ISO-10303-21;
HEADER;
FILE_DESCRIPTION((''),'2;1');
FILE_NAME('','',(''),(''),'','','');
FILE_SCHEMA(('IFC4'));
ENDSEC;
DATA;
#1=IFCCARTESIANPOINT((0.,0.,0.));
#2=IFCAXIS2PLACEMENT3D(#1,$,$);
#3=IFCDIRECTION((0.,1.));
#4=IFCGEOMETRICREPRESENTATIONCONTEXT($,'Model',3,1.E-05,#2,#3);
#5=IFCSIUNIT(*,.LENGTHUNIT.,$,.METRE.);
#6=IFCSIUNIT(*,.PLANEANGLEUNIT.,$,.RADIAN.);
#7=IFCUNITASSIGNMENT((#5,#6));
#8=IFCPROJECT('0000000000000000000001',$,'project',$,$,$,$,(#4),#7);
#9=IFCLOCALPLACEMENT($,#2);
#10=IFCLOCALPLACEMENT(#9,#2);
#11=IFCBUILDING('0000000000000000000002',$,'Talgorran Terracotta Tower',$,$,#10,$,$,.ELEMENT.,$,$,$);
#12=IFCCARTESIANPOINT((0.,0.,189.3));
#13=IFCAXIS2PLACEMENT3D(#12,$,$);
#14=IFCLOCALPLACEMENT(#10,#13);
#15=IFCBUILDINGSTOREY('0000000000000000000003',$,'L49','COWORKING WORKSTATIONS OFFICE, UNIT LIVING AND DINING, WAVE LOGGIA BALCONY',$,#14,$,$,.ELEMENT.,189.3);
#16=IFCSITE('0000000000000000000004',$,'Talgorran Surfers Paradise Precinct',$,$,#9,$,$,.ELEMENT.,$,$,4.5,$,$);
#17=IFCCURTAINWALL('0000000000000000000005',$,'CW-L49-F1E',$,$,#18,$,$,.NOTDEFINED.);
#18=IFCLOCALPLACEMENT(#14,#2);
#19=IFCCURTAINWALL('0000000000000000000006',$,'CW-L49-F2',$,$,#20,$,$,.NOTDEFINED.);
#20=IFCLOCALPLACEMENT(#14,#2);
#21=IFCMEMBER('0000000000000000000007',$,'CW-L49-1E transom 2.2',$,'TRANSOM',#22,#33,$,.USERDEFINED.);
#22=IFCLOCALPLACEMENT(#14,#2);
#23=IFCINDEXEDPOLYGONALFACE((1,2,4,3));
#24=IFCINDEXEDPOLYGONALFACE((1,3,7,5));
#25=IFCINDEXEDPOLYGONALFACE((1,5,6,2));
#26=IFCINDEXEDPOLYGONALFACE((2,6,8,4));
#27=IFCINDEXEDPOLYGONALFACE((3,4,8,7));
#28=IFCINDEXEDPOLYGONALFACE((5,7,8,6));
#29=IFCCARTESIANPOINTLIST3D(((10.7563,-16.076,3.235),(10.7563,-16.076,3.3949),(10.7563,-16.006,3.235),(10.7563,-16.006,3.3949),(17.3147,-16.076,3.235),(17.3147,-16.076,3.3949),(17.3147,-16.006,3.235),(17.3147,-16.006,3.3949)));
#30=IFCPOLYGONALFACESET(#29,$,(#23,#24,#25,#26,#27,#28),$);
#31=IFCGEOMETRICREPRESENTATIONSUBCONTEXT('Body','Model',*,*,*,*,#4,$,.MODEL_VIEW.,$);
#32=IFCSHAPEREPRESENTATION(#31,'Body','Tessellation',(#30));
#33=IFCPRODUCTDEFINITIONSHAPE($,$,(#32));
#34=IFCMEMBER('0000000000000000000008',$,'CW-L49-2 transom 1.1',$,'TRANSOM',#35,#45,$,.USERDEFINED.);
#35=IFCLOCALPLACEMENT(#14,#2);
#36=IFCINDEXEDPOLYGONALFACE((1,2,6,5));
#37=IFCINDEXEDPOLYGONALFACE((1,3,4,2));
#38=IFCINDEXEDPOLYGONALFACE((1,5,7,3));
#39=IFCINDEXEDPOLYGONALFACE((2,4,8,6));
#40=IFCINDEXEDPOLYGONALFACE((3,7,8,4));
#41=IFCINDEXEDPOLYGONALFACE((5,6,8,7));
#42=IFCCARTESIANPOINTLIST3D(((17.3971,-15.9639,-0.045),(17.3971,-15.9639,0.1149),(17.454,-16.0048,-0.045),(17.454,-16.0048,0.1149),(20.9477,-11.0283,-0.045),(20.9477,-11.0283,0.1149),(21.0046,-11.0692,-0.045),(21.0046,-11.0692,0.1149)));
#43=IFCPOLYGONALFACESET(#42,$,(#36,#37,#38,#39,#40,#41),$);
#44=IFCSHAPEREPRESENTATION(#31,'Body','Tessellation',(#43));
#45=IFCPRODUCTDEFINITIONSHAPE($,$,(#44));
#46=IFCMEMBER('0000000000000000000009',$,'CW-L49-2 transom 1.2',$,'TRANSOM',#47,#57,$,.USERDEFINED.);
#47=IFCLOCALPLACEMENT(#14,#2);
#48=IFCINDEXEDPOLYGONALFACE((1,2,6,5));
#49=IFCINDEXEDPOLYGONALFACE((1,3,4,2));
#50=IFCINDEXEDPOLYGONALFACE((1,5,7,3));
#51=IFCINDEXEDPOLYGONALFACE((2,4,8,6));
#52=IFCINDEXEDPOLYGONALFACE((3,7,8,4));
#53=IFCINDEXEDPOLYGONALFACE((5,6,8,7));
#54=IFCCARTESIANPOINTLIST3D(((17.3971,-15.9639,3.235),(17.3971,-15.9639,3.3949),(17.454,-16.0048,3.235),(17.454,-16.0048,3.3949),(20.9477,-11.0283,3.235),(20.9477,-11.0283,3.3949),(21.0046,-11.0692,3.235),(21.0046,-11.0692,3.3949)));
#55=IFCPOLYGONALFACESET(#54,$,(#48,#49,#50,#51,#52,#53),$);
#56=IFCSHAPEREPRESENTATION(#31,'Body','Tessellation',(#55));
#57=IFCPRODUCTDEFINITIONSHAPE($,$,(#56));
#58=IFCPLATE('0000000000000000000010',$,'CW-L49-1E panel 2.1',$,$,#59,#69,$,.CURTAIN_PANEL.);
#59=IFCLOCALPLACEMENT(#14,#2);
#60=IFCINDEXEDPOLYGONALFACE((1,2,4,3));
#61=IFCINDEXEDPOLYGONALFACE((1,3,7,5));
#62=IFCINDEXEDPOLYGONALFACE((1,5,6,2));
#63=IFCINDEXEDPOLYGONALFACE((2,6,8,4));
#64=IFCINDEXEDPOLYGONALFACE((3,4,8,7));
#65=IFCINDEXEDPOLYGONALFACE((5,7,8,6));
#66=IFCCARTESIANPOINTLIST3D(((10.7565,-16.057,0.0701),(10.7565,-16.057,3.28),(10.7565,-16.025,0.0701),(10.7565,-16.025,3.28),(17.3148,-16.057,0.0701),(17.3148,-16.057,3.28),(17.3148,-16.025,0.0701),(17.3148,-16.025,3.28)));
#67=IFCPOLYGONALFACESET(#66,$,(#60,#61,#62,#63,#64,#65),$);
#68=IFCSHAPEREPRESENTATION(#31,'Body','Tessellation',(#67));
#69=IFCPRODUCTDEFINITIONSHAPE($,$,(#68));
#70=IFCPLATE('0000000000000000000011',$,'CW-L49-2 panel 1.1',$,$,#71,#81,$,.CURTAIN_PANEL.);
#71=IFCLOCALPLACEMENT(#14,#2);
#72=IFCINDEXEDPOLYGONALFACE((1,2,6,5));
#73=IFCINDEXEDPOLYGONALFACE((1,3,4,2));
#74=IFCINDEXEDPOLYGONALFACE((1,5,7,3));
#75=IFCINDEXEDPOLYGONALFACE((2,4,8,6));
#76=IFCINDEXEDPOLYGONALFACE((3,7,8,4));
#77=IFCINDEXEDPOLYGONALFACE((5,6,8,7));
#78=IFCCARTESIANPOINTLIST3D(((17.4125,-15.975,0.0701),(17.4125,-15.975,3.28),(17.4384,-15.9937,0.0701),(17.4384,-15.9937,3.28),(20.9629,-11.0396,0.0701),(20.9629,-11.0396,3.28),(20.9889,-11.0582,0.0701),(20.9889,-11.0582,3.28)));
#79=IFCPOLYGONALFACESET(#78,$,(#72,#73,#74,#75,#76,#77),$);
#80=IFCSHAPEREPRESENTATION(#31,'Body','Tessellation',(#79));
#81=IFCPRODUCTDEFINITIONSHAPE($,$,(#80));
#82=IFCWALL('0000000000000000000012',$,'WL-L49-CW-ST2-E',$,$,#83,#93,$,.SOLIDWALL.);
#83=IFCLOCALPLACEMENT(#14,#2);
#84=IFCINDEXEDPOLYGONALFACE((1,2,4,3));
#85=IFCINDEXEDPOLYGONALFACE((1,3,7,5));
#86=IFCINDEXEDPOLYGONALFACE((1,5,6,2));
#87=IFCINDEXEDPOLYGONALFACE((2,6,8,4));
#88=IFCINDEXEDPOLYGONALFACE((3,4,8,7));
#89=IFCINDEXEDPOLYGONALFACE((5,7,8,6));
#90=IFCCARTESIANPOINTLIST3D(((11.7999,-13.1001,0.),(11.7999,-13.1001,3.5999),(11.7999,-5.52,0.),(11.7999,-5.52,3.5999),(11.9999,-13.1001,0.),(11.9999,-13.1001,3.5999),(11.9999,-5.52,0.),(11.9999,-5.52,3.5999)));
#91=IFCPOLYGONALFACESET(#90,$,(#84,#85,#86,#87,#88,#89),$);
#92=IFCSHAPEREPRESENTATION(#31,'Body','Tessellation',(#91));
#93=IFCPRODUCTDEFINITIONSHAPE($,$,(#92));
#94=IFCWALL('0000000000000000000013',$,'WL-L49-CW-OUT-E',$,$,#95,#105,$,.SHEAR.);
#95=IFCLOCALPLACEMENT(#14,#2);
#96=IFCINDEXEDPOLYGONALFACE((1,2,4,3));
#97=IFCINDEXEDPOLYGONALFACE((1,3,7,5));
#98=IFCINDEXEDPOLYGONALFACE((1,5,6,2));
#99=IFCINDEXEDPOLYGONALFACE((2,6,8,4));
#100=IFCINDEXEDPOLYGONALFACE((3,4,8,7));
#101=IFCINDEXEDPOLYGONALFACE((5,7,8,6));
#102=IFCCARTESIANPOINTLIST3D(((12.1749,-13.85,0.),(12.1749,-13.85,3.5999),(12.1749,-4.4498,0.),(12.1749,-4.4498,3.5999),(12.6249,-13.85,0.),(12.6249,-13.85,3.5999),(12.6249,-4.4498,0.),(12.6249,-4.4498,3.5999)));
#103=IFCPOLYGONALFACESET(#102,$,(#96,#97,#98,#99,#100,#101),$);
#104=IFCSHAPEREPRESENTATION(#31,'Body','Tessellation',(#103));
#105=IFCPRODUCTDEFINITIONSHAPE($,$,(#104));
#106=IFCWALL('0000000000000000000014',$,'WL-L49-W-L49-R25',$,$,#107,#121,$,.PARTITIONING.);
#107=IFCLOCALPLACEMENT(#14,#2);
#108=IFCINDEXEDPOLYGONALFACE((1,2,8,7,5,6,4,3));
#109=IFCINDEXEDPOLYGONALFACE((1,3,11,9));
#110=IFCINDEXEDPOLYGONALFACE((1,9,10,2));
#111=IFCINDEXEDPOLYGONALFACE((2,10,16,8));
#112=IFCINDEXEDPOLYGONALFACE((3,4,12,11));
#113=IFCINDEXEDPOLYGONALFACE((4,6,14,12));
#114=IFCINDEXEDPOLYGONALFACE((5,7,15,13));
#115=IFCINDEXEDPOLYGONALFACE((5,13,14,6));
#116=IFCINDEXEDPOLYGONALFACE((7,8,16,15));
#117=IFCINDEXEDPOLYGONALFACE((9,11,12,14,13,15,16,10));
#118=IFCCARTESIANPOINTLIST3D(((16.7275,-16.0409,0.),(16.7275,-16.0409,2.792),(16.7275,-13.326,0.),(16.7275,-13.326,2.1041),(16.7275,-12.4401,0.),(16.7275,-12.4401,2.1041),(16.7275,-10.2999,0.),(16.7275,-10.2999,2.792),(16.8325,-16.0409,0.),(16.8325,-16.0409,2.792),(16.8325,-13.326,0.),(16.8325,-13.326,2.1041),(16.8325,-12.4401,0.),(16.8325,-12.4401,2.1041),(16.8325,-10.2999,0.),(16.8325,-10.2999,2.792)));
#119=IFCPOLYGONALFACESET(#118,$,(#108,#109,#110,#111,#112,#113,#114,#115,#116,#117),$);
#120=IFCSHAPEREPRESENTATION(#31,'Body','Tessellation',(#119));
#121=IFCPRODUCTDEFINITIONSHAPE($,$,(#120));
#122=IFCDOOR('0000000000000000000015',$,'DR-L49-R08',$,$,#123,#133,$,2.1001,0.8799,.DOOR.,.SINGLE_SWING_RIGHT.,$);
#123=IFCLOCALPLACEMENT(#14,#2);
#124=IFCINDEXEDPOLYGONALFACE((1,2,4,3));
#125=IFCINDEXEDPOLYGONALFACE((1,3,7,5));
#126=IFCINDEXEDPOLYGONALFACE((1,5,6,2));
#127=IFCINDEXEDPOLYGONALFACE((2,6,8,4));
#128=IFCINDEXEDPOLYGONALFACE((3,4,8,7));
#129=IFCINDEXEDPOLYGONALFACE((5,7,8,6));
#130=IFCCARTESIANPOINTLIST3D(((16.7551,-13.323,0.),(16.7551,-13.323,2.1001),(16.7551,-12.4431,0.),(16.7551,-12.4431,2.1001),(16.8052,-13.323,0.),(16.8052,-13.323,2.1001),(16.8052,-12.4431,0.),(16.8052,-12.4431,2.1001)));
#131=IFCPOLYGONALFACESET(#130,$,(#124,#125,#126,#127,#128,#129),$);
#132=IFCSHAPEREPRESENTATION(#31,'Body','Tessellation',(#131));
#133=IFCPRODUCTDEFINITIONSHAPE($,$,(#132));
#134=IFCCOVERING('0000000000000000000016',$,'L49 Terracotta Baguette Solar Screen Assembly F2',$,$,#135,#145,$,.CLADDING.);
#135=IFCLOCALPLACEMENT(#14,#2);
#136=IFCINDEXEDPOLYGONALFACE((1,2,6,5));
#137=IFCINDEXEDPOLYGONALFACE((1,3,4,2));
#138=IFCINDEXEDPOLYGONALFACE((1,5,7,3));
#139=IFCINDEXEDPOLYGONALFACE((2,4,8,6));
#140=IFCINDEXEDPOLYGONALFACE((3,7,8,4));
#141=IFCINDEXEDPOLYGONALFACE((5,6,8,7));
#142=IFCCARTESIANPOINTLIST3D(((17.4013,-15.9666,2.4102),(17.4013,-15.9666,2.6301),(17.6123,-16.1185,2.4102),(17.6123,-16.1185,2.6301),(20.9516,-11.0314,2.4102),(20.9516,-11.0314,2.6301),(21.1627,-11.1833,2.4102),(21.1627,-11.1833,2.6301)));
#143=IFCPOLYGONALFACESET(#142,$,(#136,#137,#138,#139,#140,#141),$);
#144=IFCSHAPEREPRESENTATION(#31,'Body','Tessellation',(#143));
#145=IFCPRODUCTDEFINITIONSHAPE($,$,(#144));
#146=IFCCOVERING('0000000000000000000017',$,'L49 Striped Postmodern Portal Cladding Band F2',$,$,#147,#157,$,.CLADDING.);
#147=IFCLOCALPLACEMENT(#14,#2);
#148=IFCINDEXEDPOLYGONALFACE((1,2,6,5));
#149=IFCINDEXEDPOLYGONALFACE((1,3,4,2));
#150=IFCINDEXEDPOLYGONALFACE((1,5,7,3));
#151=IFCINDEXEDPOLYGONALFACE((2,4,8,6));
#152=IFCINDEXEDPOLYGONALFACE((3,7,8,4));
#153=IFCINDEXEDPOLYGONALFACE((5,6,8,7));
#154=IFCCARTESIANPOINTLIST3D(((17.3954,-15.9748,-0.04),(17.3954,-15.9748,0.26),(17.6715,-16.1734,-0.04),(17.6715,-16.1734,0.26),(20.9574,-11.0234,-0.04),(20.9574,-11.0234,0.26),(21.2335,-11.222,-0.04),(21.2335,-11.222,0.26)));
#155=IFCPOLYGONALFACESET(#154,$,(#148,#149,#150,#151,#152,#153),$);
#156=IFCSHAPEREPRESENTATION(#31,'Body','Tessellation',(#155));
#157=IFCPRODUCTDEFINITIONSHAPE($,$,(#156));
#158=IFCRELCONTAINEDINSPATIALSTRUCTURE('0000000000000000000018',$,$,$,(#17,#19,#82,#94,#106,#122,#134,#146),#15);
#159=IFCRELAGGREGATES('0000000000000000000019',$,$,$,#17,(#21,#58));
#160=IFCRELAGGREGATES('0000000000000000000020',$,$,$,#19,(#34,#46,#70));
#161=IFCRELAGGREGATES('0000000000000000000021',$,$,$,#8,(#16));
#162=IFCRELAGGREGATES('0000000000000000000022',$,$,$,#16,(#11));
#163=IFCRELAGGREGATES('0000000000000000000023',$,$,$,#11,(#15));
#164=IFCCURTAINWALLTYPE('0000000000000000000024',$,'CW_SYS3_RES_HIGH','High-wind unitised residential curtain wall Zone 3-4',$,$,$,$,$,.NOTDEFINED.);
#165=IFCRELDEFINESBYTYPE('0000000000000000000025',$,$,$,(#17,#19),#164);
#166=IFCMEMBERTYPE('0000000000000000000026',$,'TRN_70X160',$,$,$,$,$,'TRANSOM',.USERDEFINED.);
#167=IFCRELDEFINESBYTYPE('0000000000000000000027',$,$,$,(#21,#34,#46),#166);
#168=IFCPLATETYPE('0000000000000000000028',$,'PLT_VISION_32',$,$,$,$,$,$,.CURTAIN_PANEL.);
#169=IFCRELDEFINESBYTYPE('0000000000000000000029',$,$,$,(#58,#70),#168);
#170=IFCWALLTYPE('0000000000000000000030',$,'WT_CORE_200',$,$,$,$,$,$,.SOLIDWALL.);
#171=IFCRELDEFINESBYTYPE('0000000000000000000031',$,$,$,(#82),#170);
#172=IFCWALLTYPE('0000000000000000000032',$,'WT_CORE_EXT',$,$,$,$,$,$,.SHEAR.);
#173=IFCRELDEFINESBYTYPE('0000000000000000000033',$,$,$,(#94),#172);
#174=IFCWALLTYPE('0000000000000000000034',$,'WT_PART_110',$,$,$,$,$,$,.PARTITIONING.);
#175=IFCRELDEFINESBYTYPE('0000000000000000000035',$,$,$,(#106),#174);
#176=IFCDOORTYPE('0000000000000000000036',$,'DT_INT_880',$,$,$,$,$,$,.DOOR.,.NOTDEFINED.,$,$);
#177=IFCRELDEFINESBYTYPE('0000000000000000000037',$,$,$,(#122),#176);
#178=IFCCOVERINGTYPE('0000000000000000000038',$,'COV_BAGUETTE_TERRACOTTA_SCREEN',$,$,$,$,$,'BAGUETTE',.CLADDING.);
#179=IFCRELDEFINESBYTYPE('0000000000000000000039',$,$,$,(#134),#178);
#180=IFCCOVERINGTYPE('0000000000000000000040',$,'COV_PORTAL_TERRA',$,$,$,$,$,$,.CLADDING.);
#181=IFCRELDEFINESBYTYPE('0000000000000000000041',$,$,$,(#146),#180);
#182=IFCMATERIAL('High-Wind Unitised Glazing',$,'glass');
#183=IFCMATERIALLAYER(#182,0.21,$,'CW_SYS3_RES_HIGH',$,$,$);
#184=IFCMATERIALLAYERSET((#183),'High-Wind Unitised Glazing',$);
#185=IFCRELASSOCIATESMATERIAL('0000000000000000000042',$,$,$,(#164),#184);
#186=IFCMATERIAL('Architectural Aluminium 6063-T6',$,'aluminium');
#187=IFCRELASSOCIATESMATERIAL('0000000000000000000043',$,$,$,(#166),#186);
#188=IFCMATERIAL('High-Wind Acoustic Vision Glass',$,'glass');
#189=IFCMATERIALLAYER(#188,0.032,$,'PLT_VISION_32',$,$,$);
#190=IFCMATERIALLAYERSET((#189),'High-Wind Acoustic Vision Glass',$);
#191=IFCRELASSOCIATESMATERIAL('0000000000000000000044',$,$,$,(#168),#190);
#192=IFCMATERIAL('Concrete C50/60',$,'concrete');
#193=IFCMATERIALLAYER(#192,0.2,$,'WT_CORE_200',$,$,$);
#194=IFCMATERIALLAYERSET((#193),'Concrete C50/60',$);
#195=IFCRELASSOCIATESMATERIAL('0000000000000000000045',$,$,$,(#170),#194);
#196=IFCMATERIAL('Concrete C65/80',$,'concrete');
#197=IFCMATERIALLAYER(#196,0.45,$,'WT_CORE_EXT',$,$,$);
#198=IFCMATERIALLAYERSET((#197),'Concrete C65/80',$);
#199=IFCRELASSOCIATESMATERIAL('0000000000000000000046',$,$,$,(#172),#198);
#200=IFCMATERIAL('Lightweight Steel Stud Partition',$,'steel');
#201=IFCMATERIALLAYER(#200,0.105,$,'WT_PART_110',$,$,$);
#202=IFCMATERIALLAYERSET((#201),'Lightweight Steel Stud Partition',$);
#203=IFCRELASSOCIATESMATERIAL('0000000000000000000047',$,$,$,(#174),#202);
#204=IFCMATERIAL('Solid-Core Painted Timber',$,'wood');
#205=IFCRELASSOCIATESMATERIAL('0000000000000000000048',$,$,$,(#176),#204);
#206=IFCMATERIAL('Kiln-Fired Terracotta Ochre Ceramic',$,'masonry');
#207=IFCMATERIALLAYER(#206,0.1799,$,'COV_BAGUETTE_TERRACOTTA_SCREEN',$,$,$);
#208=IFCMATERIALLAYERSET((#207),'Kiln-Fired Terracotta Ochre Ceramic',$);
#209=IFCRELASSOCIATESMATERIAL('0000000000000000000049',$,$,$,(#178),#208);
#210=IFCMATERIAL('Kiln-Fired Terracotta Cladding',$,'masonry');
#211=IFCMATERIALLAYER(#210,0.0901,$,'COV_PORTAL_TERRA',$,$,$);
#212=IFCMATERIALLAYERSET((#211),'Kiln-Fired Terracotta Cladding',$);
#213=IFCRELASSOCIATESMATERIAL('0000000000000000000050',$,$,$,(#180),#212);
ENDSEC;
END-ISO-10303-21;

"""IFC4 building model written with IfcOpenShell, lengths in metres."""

from ifc_helpers import new_model, si_unit, direction, frame, frame_2d, origin, origin_2d, place, context, subcontext, project, spatial, rectangle, extrude, source, transform, mapped, material, layer, layer_set, material_profile, profile_set, type_object, type_shapes, element, fill, aggregate, save


model = new_model("IFC4")

# Units and contexts
model_context = context("Model", 3, precision=1e-05, world=origin(), true_north=direction((0.0, 1.0)))
body_context = subcontext(model_context, "Body", "Model", "MODEL_VIEW")
ifc_project = project(units=[si_unit("LENGTHUNIT", "METRE"), si_unit("PLANEANGLEUNIT", "RADIAN")], contexts=[model_context])

# Site, building, storey
site_placement = place(None, origin())
site = spatial("IfcSite", under=ifc_project, at=site_placement, Name="Talgorran Surfers Paradise Precinct", CompositionType="ELEMENT", RefElevation=4.5)
building_placement = place(site_placement, origin())
building = spatial("IfcBuilding", under=site, at=building_placement, Name="Talgorran Terracotta Tower", CompositionType="ELEMENT")
storey_placement = place(building_placement, frame((0.0, 0.0, 189.3)))
storey = spatial("IfcBuildingStorey", under=building, at=storey_placement, Name="L49", Description="COWORKING WORKSTATIONS OFFICE, UNIT LIVING AND DINING, WAVE LOGGIA BALCONY", CompositionType="ELEMENT", Elevation=189.3)

# Curtain wall
ifc_material_1 = material(Name="High-Wind Unitised Glazing", Category="glass")
ifc_layer_1 = layer(ifc_material_1, 0.21, Name="CW_SYS3_RES_HIGH")
ifc_layer_set_1 = layer_set([ifc_layer_1], Name="High-Wind Unitised Glazing")
curtain_wall_type = type_object("IfcCurtainWallType", Name="CW_SYS3_RES_HIGH", Description="High-wind unitised residential curtain wall Zone 3-4", PredefinedType="NOTDEFINED", material=ifc_layer_set_1)
curtain_wall_1_placement = place(storey_placement, origin())
curtain_wall_1 = element("IfcCurtainWall", 1, at=curtain_wall_1_placement, inside=storey, type_object=curtain_wall_type, Name="CW-L49-F1E", PredefinedType="NOTDEFINED")
ifc_material_2 = material(Name="Architectural Aluminium 6063-T6", Category="aluminium")

# Curtain wall
curtain_wall_2_placement = place(storey_placement, origin())
curtain_wall_2 = element("IfcCurtainWall", 2, at=curtain_wall_2_placement, inside=storey, type_object=curtain_wall_type, Name="CW-L49-F2", PredefinedType="NOTDEFINED")

# Members
ifc_material_profile_1 = material_profile(ifc_material_2, rectangle(XDim=0.0701, YDim=0.1599, at=origin_2d()), Name="CWT70X160")
ifc_profile_set_1 = profile_set([ifc_material_profile_1], Name="Architectural Aluminium 6063-T6")
member_type_1 = type_object("IfcMemberType", Name="TRN_70X160", ElementType="TRANSOM", PredefinedType="USERDEFINED", material=ifc_profile_set_1)
member_1_placement = place(storey_placement, frame((10.7563, -16.041, 3.3149), z_axis=(1.0, 0.0, 0.0), x_axis=(0.0, 1.0, 0.0)))
member_1 = element("IfcMember", 3, at=member_1_placement, type_object=member_type_1, Name="CW-L49-1E transom 2.2", ObjectType="TRANSOM", PredefinedType="USERDEFINED", context=body_context, shape_type="SweptSolid", body=[
    extrude(rectangle(XDim=0.0701, YDim=0.1599, at=origin_2d()), origin(), (0.0, 0.0, 1.0), 6.5583),
])
member_2_placement = place(storey_placement, frame((17.4255, -15.9844, 0.0349), z_axis=(0.583974, 0.811773, 0.0), x_axis=(-0.811773, 0.583974, 0.0)))
member_2 = element("IfcMember", 4, at=member_2_placement, type_object=member_type_1, Name="CW-L49-2 transom 1.1", ObjectType="TRANSOM", PredefinedType="USERDEFINED", context=body_context, shape_type="SweptSolid", body=[
    extrude(rectangle(XDim=0.0701, YDim=0.1599, at=origin_2d()), origin(), (0.0, 0.0, 1.0), 6.0801),
])
member_3_placement = place(storey_placement, frame((17.4255, -15.9844, 3.3149), z_axis=(0.583974, 0.811773, 0.0), x_axis=(-0.811773, 0.583974, 0.0)))
member_3 = element("IfcMember", 5, at=member_3_placement, type_object=member_type_1, Name="CW-L49-2 transom 1.2", ObjectType="TRANSOM", PredefinedType="USERDEFINED", context=body_context, shape_type="SweptSolid", body=[
    extrude(rectangle(XDim=0.0701, YDim=0.1599, at=origin_2d()), origin(), (0.0, 0.0, 1.0), 6.0801),
])

# Plates
ifc_material_3 = material(Name="High-Wind Acoustic Vision Glass", Category="glass")
ifc_layer_2 = layer(ifc_material_3, 0.032, Name="PLT_VISION_32")
ifc_layer_set_2 = layer_set([ifc_layer_2], Name="High-Wind Acoustic Vision Glass")
plate_type = type_object("IfcPlateType", Name="PLT_VISION_32", PredefinedType="CURTAIN_PANEL", material=ifc_layer_set_2)
shared_shape_1 = source(origin(), body_context, "Body", "SweptSolid", [
    extrude(rectangle(XDim=6.5583, YDim=0.032, at=origin_2d()), origin(), (0.0, 0.0, 1.0), 3.21),
])
plate_1_placement = place(storey_placement, frame((14.0356, -16.041, 0.0701), z_axis=(0.0, 0.0, 1.0), x_axis=(1.0, 0.0, 0.0)))
plate_1 = element("IfcPlate", 6, at=plate_1_placement, type_object=plate_type, Name="CW-L49-1E panel 2.1", PredefinedType="CURTAIN_PANEL", context=body_context, shape_type="MappedRepresentation", body=[
    mapped(shared_shape_1, transform((0.0, 0.0, 0.0), scale=1.0)),
])
aggregate(curtain_wall_1, [member_1, plate_1])
shared_shape_2 = source(origin(), body_context, "Body", "SweptSolid", [
    extrude(rectangle(XDim=6.0798, YDim=0.032, at=origin_2d()), origin(), (0.0, 0.0, 1.0), 3.21),
])
type_shapes(plate_type, [shared_shape_1, shared_shape_2])
plate_2_placement = place(storey_placement, frame((19.2007, -13.5166, 0.0701), z_axis=(0.0, 0.0, 1.0), x_axis=(0.583979, 0.811769, 0.0)))
plate_2 = element("IfcPlate", 7, at=plate_2_placement, type_object=plate_type, Name="CW-L49-2 panel 1.1", PredefinedType="CURTAIN_PANEL", context=body_context, shape_type="MappedRepresentation", body=[
    mapped(shared_shape_2, transform((0.0, 0.0, 0.0), scale=1.0)),
])
aggregate(curtain_wall_2, [member_2, member_3, plate_2])

# Walls
ifc_material_4 = material(Name="Concrete C50/60", Category="concrete")
ifc_layer_3 = layer(ifc_material_4, 0.2, Name="WT_CORE_200")
ifc_layer_set_3 = layer_set([ifc_layer_3], Name="Concrete C50/60")
wall_type_1 = type_object("IfcWallType", Name="WT_CORE_200", PredefinedType="SOLIDWALL", material=ifc_layer_set_3)
wall_1_placement = place(storey_placement, frame((11.8999, -13.1001, 0.0), z_axis=(0.0, 0.0, 1.0), x_axis=(0.0, 1.0, 0.0)))
element("IfcWall", 8, at=wall_1_placement, inside=storey, type_object=wall_type_1, Name="WL-L49-CW-ST2-E", PredefinedType="SOLIDWALL", context=body_context, shape_type="SweptSolid", body=[
    extrude(rectangle(XDim=7.5801, YDim=0.2, at=frame_2d((3.79, 0.0))), origin(), (0.0, 0.0, 1.0), 3.5999),
])
ifc_material_5 = material(Name="Concrete C65/80", Category="concrete")
ifc_layer_4 = layer(ifc_material_5, 0.45, Name="WT_CORE_EXT")
ifc_layer_set_4 = layer_set([ifc_layer_4], Name="Concrete C65/80")
wall_type_2 = type_object("IfcWallType", Name="WT_CORE_EXT", PredefinedType="SHEAR", material=ifc_layer_set_4)
wall_2_placement = place(storey_placement, frame((12.3999, -13.8501, 0.0), z_axis=(0.0, 0.0, 1.0), x_axis=(0.0, 1.0, 0.0)))
element("IfcWall", 9, at=wall_2_placement, inside=storey, type_object=wall_type_2, Name="WL-L49-CW-OUT-E", PredefinedType="SHEAR", context=body_context, shape_type="SweptSolid", body=[
    extrude(rectangle(XDim=9.4001, YDim=0.45, at=frame_2d((4.7002, 0.0))), origin(), (0.0, 0.0, 1.0), 3.5999),
])

# Wall, opening, door
ifc_material_6 = material(Name="Lightweight Steel Stud Partition", Category="steel")
ifc_layer_5 = layer(ifc_material_6, 0.105, Name="WT_PART_110")
ifc_layer_set_5 = layer_set([ifc_layer_5], Name="Lightweight Steel Stud Partition")
wall_type_3 = type_object("IfcWallType", Name="WT_PART_110", PredefinedType="PARTITIONING", material=ifc_layer_set_5)
wall_3_placement = place(storey_placement, frame((16.78, -16.041, 0.0), z_axis=(0.0, 0.0, 1.0), x_axis=(0.0, 1.0, 0.0)))
wall_3 = element("IfcWall", 10, at=wall_3_placement, inside=storey, type_object=wall_type_3, Name="WL-L49-W-L49-R25", PredefinedType="PARTITIONING", context=body_context, shape_type="SweptSolid", body=[
    extrude(rectangle(XDim=5.741, YDim=0.105, at=frame_2d((2.8706, 0.0))), origin(), (0.0, 0.0, 1.0), 2.792),
])
opening_placement = place(wall_3_placement, frame((2.718, 0.0, 0.0)))
opening = element("IfcOpeningElement", 11, at=opening_placement, cuts=wall_3, PredefinedType="OPENING", context=body_context, shape_type="SweptSolid", body=[
    extrude(rectangle(XDim=0.8859, YDim=2.1041, at=frame_2d((0.4399, 1.052))), frame((0.0, 0.0625, 0.0), z_axis=(0.0, -1.0, 0.0), x_axis=(1.0, 0.0, 0.0)), (0.0, 0.0, 1.0), 0.125),
])
ifc_material_7 = material(Name="Solid-Core Painted Timber", Category="wood")
door_type = type_object("IfcDoorType", Name="DT_INT_880", OperationType="NOTDEFINED", PredefinedType="DOOR", material=ifc_material_7)
door_placement = place(opening_placement, origin())
door = element("IfcDoor", 12, at=door_placement, inside=storey, type_object=door_type, Name="DR-L49-R08", OperationType="SINGLE_SWING_RIGHT", OverallHeight=2.1001, OverallWidth=0.8799, PredefinedType="DOOR", context=body_context, shape_type="SweptSolid", body=[
    extrude(rectangle(XDim=0.8799, YDim=2.1001, at=frame_2d((0.4399, 1.05))), frame((0.0, 0.0249, 0.0), z_axis=(0.0, -1.0, 0.0), x_axis=(1.0, 0.0, 0.0)), (0.0, 0.0, 1.0), 0.05),
])
fill(opening, door)

# Coverings
ifc_material_8 = material(Name="Kiln-Fired Terracotta Ochre Ceramic", Category="masonry")
ifc_layer_6 = layer(ifc_material_8, 0.1799, Name="COV_BAGUETTE_TERRACOTTA_SCREEN")
ifc_layer_set_6 = layer_set([ifc_layer_6], Name="Kiln-Fired Terracotta Ochre Ceramic")
covering_type_1 = type_object("IfcCoveringType", Name="COV_BAGUETTE_TERRACOTTA_SCREEN", ElementType="BAGUETTE", PredefinedType="CLADDING", material=ifc_layer_set_6)
covering_1_placement = place(storey_placement, frame((19.282, -13.575, 2.4102), z_axis=(0.0, 0.0, 1.0), x_axis=(0.583981, 0.811768, 0.0)))
element("IfcCovering", 13, at=covering_1_placement, inside=storey, type_object=covering_type_1, Name="L49 Terracotta Baguette Solar Screen Assembly F2", PredefinedType="CLADDING", context=body_context, shape_type="SweptSolid", body=[
    extrude(rectangle(XDim=6.0796, YDim=0.26, at=origin_2d()), origin(), (0.0, 0.0, 1.0), 0.22),
])
ifc_material_9 = material(Name="Kiln-Fired Terracotta Cladding", Category="masonry")
ifc_layer_7 = layer(ifc_material_9, 0.0901, Name="COV_PORTAL_TERRA")
ifc_layer_set_7 = layer_set([ifc_layer_7], Name="Kiln-Fired Terracotta Cladding")
covering_type_2 = type_object("IfcCoveringType", Name="COV_PORTAL_TERRA", PredefinedType="CLADDING", material=ifc_layer_set_7)
covering_2_placement = place(storey_placement, frame((19.3145, -13.5984, -0.04), z_axis=(0.0, 0.0, 1.0), x_axis=(0.583981, 0.811768, 0.0)))
element("IfcCovering", 14, at=covering_2_placement, inside=storey, type_object=covering_type_2, Name="L49 Striped Postmodern Portal Cladding Band F2", PredefinedType="CLADDING", context=body_context, shape_type="SweptSolid", body=[
    extrude(rectangle(XDim=6.0996, YDim=0.3401, at=origin_2d()), origin(), (0.0, 0.0, 1.0), 0.3),
])

save(model, "model.ifc")
